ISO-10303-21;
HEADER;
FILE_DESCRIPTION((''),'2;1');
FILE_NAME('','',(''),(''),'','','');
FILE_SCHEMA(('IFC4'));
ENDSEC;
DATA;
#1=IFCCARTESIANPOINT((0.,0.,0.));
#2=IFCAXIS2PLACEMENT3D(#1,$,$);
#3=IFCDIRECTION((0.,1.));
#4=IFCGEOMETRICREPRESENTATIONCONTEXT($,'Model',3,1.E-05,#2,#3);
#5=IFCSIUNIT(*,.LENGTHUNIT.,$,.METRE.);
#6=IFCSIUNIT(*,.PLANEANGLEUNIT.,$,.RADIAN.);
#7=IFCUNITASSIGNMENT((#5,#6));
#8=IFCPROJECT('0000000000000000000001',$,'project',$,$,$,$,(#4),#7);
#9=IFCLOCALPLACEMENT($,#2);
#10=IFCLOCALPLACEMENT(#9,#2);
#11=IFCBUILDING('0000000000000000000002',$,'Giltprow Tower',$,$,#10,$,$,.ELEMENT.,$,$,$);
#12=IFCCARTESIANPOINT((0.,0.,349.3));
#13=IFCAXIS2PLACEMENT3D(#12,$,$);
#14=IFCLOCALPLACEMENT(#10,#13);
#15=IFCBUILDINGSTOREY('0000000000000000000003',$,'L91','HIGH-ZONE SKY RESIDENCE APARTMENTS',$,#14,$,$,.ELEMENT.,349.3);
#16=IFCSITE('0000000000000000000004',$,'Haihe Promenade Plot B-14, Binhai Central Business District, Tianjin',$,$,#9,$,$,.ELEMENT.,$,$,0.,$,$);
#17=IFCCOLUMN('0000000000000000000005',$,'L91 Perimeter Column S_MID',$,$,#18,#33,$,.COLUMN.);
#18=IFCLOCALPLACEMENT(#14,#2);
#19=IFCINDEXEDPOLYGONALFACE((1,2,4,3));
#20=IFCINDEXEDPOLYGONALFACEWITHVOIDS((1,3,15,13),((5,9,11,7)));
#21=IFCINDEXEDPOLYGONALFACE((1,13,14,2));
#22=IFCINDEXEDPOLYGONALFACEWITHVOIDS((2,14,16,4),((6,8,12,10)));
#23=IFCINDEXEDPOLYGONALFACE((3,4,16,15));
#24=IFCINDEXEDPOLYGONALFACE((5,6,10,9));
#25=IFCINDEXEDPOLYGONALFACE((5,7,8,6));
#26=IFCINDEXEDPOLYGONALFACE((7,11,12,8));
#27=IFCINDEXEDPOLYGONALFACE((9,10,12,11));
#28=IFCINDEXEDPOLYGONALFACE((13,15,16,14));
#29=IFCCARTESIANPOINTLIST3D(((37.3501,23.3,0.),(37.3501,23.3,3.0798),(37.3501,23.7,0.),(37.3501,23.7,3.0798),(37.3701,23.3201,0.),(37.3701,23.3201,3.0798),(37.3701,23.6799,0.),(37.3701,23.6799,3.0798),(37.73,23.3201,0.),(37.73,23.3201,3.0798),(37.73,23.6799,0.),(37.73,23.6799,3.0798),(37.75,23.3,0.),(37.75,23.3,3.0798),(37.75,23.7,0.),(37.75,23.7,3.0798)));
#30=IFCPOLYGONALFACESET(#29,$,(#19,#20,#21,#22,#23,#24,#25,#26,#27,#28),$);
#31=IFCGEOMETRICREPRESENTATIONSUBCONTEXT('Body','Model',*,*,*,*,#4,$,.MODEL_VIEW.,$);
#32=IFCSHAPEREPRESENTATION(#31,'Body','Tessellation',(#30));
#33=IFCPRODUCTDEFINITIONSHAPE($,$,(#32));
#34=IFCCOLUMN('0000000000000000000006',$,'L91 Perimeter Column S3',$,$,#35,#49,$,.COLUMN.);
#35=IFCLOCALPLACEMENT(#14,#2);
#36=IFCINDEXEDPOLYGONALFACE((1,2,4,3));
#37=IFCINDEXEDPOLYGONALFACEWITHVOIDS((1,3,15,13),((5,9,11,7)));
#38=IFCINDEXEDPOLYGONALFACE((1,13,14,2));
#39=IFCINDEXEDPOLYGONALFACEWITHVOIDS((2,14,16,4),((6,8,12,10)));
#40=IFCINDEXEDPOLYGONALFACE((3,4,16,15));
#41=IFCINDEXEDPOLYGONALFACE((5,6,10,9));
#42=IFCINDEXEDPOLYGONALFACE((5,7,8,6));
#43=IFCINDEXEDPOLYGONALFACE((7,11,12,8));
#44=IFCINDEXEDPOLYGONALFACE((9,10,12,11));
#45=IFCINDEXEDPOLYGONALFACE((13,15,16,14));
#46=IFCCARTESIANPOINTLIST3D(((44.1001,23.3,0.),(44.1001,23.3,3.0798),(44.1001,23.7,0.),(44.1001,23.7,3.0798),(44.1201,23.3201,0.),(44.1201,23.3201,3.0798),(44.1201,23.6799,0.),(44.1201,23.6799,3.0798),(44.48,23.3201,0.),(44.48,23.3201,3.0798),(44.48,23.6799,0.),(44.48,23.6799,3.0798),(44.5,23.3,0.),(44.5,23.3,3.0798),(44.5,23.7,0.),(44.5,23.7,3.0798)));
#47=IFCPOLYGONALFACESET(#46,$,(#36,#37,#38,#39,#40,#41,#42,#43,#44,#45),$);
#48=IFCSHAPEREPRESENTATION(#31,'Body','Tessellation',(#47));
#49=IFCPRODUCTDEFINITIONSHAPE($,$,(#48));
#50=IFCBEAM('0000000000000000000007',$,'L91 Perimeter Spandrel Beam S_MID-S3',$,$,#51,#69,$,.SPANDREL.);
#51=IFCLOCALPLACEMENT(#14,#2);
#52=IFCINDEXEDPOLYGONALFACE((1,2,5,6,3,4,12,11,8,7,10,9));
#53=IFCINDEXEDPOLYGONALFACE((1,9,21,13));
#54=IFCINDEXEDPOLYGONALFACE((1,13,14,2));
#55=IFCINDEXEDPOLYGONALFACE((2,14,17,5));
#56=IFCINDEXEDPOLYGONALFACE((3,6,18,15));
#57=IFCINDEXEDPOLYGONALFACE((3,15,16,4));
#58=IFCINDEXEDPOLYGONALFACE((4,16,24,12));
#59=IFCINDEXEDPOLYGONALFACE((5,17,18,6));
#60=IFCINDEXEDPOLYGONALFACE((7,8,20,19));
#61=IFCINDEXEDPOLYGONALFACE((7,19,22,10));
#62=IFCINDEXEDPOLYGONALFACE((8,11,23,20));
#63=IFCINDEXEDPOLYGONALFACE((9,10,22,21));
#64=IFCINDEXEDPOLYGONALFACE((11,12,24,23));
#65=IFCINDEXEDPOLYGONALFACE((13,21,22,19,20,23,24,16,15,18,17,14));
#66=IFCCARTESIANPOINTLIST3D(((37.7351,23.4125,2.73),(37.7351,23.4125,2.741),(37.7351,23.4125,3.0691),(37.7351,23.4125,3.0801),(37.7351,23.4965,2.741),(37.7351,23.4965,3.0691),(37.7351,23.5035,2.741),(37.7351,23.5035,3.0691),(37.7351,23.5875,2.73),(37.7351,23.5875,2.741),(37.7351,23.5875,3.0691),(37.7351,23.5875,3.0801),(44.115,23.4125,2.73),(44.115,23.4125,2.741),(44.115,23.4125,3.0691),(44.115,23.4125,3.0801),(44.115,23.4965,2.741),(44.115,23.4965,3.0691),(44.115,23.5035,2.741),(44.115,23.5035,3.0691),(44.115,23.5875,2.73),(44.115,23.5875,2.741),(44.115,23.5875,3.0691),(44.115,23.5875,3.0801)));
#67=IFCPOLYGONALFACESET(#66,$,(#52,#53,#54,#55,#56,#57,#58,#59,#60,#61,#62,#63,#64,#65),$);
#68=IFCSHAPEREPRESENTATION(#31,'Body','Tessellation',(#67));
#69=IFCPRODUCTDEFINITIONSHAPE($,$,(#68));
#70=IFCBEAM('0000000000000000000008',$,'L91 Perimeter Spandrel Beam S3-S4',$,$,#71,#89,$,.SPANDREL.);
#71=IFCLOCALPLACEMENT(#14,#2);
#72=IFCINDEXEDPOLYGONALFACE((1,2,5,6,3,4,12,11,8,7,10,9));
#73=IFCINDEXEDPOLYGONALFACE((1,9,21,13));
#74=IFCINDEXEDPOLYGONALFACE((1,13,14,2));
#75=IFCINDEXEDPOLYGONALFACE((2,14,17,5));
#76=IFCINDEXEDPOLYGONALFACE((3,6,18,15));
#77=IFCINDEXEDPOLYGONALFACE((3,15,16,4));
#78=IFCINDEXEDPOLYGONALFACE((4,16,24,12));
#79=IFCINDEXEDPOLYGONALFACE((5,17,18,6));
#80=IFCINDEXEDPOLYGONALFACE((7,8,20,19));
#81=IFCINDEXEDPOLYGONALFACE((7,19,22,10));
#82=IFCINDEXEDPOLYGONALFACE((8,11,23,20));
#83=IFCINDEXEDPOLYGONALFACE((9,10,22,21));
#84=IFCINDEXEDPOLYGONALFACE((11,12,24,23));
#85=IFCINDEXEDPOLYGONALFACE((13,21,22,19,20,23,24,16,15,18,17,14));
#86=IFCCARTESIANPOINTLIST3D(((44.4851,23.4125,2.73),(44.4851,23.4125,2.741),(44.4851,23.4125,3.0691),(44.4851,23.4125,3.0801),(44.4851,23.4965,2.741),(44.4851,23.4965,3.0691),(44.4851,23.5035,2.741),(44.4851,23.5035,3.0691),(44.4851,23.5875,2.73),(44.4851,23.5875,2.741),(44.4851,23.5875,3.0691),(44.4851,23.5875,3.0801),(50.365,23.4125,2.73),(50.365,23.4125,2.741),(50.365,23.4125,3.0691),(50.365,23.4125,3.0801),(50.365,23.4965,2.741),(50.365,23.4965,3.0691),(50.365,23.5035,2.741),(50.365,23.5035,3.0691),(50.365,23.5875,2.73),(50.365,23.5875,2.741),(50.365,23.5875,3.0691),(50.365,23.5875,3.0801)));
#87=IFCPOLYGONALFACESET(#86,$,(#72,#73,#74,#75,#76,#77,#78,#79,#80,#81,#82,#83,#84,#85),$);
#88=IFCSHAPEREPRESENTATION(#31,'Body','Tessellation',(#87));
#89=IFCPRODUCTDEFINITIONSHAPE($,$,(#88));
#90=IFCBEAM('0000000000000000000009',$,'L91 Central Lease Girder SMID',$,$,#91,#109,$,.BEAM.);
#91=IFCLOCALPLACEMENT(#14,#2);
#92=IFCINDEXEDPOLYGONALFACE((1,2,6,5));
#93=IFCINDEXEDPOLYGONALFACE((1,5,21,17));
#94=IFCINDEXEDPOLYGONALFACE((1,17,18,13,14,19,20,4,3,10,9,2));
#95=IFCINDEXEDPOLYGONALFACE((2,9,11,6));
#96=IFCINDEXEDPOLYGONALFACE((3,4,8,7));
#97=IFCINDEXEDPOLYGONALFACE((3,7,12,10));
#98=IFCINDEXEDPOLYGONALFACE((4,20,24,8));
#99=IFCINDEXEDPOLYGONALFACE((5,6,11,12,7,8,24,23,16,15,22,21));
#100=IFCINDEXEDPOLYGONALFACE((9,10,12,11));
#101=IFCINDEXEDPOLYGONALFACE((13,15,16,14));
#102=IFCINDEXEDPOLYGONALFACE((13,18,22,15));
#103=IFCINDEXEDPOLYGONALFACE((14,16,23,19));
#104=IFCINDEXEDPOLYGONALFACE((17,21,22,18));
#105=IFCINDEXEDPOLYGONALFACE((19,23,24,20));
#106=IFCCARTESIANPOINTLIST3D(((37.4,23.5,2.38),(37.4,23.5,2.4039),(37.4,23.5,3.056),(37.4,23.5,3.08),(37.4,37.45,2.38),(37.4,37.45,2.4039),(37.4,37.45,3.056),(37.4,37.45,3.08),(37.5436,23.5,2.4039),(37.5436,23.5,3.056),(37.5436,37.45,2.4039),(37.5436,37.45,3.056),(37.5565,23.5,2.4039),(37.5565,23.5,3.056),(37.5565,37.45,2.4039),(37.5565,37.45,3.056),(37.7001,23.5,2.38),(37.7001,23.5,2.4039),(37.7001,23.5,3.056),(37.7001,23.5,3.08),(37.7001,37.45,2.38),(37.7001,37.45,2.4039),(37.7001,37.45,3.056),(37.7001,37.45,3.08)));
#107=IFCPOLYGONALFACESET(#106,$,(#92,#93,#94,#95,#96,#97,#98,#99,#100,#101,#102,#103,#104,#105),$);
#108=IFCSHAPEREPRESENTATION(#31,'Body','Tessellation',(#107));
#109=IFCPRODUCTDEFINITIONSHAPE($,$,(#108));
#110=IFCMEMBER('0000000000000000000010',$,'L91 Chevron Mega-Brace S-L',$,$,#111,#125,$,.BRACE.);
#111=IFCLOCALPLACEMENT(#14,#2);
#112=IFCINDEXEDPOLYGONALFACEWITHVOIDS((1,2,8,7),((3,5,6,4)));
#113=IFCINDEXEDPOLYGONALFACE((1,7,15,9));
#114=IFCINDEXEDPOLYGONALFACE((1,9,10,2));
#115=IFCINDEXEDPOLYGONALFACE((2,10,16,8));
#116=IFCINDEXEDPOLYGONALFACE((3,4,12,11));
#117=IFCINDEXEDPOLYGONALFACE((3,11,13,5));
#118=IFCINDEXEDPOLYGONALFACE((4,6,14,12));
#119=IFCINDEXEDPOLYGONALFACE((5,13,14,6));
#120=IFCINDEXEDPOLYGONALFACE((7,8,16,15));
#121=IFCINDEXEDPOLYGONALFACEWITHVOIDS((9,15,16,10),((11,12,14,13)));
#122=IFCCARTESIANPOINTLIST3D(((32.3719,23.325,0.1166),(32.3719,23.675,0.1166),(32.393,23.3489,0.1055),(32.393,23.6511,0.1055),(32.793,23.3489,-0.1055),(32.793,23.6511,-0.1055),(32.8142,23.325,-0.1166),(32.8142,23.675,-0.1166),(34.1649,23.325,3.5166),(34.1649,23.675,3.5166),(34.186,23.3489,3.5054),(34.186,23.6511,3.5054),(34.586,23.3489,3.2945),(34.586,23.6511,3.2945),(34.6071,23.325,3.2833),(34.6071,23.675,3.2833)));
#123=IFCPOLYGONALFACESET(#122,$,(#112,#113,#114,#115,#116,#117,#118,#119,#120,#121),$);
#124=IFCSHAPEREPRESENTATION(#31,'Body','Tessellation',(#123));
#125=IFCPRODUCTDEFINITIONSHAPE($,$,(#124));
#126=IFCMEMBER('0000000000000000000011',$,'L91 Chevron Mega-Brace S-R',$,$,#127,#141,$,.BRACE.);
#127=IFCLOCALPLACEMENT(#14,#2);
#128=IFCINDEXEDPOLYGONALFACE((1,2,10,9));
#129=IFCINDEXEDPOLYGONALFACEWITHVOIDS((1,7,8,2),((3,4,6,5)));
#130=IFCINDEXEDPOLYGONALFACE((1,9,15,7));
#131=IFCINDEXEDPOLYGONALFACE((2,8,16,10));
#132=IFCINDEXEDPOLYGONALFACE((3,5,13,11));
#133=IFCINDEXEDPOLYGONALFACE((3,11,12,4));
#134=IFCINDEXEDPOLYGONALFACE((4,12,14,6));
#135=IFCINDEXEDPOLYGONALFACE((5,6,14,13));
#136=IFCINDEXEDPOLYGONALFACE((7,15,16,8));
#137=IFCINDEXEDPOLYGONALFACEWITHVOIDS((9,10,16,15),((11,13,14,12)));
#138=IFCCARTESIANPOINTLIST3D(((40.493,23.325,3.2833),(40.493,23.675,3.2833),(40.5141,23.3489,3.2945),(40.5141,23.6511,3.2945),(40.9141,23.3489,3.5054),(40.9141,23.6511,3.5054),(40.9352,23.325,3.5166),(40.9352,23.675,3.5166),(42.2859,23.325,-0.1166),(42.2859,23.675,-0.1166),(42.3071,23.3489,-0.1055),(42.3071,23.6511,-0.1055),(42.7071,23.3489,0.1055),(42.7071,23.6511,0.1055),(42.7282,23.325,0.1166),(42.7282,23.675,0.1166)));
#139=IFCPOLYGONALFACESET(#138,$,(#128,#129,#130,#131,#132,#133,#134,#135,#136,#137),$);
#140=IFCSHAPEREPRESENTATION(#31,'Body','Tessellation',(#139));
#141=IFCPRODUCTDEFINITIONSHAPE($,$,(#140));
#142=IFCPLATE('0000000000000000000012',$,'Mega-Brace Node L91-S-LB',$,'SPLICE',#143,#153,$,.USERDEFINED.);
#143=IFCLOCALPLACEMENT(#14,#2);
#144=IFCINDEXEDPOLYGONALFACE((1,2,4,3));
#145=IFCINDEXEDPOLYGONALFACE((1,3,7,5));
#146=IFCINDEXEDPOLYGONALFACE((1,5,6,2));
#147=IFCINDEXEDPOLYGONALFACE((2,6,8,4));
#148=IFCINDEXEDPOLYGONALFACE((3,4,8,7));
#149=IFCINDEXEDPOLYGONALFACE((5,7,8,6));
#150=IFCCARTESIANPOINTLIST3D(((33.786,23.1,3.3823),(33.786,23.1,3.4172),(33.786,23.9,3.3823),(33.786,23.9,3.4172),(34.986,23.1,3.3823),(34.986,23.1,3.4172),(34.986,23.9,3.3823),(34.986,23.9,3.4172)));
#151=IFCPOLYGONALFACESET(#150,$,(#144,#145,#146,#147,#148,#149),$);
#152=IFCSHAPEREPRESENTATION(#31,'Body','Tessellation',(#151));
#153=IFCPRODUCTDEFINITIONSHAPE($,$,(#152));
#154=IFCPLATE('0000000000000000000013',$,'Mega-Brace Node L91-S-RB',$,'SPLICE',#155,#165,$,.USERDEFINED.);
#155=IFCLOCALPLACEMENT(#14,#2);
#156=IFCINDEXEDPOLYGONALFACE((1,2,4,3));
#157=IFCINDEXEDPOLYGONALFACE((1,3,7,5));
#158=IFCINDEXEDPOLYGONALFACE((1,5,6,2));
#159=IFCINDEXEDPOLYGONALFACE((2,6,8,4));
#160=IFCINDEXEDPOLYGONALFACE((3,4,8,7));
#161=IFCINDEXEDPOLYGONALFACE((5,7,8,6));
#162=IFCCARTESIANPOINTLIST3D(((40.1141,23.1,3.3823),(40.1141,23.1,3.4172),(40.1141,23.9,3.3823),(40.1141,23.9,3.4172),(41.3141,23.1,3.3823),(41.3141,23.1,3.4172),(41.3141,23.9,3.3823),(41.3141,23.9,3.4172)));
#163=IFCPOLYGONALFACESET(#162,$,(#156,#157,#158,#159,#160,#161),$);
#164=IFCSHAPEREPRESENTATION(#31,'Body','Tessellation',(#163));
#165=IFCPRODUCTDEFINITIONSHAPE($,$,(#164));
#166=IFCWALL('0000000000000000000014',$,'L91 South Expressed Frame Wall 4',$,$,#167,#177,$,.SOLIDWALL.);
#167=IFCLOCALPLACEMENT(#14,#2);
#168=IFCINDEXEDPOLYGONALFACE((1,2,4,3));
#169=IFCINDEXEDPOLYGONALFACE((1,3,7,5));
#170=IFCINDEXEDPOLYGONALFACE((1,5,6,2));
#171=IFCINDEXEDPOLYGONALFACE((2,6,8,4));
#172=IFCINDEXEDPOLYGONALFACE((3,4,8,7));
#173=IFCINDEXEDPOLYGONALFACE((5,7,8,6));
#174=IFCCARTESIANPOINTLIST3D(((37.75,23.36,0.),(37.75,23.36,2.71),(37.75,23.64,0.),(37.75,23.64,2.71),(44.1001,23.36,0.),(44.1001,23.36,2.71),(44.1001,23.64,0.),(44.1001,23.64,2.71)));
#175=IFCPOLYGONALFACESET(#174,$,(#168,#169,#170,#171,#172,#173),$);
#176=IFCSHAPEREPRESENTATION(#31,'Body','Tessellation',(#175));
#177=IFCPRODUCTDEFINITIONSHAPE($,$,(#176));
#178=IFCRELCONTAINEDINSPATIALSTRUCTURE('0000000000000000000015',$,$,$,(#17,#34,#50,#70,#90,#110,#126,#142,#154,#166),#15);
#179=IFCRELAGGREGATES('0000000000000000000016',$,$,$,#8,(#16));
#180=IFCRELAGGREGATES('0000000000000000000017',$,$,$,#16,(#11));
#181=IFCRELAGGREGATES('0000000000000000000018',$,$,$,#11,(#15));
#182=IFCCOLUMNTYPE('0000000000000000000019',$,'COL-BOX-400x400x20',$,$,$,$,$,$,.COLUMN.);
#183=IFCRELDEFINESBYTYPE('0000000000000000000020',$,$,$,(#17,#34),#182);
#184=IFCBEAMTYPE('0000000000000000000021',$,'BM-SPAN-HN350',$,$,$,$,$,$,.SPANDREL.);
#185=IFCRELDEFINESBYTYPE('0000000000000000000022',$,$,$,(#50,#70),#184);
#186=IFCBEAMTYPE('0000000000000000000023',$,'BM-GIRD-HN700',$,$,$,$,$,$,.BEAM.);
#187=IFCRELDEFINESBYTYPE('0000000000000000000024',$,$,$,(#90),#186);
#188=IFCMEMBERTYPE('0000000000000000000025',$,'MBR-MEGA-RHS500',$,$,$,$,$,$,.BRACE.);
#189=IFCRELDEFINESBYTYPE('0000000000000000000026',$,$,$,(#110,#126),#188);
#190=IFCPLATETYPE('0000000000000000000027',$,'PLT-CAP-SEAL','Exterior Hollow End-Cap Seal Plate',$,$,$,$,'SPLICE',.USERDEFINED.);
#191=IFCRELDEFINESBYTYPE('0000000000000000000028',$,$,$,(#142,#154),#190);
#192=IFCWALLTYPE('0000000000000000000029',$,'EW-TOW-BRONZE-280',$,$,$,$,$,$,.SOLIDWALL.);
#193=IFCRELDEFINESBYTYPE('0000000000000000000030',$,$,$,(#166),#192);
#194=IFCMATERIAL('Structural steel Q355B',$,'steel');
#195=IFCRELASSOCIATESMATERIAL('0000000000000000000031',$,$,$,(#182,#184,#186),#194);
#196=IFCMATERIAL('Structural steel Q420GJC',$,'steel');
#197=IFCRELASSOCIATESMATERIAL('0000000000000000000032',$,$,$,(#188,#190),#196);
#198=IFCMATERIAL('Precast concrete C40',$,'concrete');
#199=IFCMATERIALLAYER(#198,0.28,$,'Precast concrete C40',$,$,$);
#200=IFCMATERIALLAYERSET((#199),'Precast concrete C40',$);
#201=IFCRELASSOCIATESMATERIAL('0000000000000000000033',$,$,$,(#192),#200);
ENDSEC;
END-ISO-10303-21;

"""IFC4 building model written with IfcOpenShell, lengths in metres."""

from ifc_helpers import new_model, si_unit, direction, frame, frame_2d, origin, origin_2d, place, context, subcontext, project, spatial, rectangle, hollow_rectangle, i_section, extrude, source, transform, mapped, material, layer, layer_set, material_profile, profile_set, type_object, element, save


model = new_model("IFC4")

# Units and contexts
model_context = context("Model", 3, precision=1e-05, world=origin(), true_north=direction((0.0, 1.0)))
body_context = subcontext(model_context, "Body", "Model", "MODEL_VIEW")
ifc_project = project(units=[si_unit("LENGTHUNIT", "METRE"), si_unit("PLANEANGLEUNIT", "RADIAN")], contexts=[model_context])

# Site, building, storey
site_placement = place(None, origin())
site = spatial("IfcSite", under=ifc_project, at=site_placement, Name="Haihe Promenade Plot B-14, Binhai Central Business District, Tianjin", CompositionType="ELEMENT", RefElevation=0.0)
building_placement = place(site_placement, origin())
building = spatial("IfcBuilding", under=site, at=building_placement, Name="Giltprow Tower", CompositionType="ELEMENT")
storey_placement = place(building_placement, frame((0.0, 0.0, 349.3)))
storey = spatial("IfcBuildingStorey", under=building, at=storey_placement, Name="L91", Description="HIGH-ZONE SKY RESIDENCE APARTMENTS", CompositionType="ELEMENT", Elevation=349.3)

# Columns
ifc_material_1 = material(Name="Structural steel Q355B", Category="steel")
ifc_material_profile_1 = material_profile(ifc_material_1, hollow_rectangle(XDim=0.3999, YDim=0.3999, WallThickness=0.02, at=origin_2d()), Name="BOX 400x400x20")
ifc_profile_set_1 = profile_set([ifc_material_profile_1], Name="Structural steel Q355B")
column_type = type_object("IfcColumnType", Name="COL-BOX-400x400x20", PredefinedType="COLUMN", material=ifc_profile_set_1)
shared_shape_1 = source(origin(), body_context, "Body", "SweptSolid", [
    extrude(hollow_rectangle(XDim=0.3999, YDim=0.3999, WallThickness=0.02, at=origin_2d()), origin(), (0.0, 0.0, 1.0), 3.0798),
])
for number, where, z_axis, x_axis, name in (
    (1, (37.55, 23.5, 0.0), (0.0, 0.0, 1.0), (1.0, 0.0, 0.0), "L91 Perimeter Column S_MID"),
    (2, (44.3, 23.5, 0.0), (0.0, 0.0, 1.0), (1.0, 0.0, 0.0), "L91 Perimeter Column S3"),
):
    element("IfcColumn", number, at=place(storey_placement, frame(where, z_axis=z_axis, x_axis=x_axis)), inside=storey, type_object=column_type, Name=name, PredefinedType="COLUMN", context=body_context, shape_type="MappedRepresentation", body=[
        mapped(shared_shape_1, transform((0.0, 0.0, 0.0), x_axis=(1.0, 0.0, 0.0), y_axis=(0.0, 1.0, 0.0), z_axis=(0.0, 0.0, 1.0), scale=1.0)),
    ])

# Beams
ifc_material_profile_2 = material_profile(ifc_material_1, i_section(OverallWidth=0.175, OverallDepth=0.3501, WebThickness=0.0071, FlangeThickness=0.011, at=origin_2d()), Name="HN 350x175x7x11")
ifc_profile_set_2 = profile_set([ifc_material_profile_2], Name="Structural steel Q355B")
beam_type_1 = type_object("IfcBeamType", Name="BM-SPAN-HN350", PredefinedType="SPANDREL", material=ifc_profile_set_2)
shared_shape_2 = source(origin(), body_context, "Body", "SweptSolid", [
    extrude(i_section(OverallWidth=0.175, OverallDepth=0.3501, WebThickness=0.0071, FlangeThickness=0.011, at=origin_2d()), origin(), (0.0, 0.0, 1.0), 6.3799),
])
beam_1_placement = place(storey_placement, frame((37.7351, 23.5, 2.905), z_axis=(1.0, 0.0, 0.0), x_axis=(0.0, 1.0, 0.0)))
element("IfcBeam", 3, at=beam_1_placement, inside=storey, type_object=beam_type_1, Name="L91 Perimeter Spandrel Beam S_MID-S3", PredefinedType="SPANDREL", context=body_context, shape_type="MappedRepresentation", body=[
    mapped(shared_shape_2, transform((0.0, 0.0, 0.0), x_axis=(1.0, 0.0, 0.0), y_axis=(0.0, 1.0, 0.0), z_axis=(0.0, 0.0, 1.0), scale=1.0)),
])
shared_shape_3 = source(origin(), body_context, "Body", "SweptSolid", [
    extrude(i_section(OverallWidth=0.175, OverallDepth=0.3501, WebThickness=0.0071, FlangeThickness=0.011, at=origin_2d()), origin(), (0.0, 0.0, 1.0), 5.8799),
])
beam_2_placement = place(storey_placement, frame((44.4851, 23.5, 2.905), z_axis=(1.0, 0.0, 0.0), x_axis=(0.0, 1.0, 0.0)))
element("IfcBeam", 4, at=beam_2_placement, inside=storey, type_object=beam_type_1, Name="L91 Perimeter Spandrel Beam S3-S4", PredefinedType="SPANDREL", context=body_context, shape_type="MappedRepresentation", body=[
    mapped(shared_shape_3, transform((0.0, 0.0, 0.0), x_axis=(1.0, 0.0, 0.0), y_axis=(0.0, 1.0, 0.0), z_axis=(0.0, 0.0, 1.0), scale=1.0)),
])
ifc_material_profile_3 = material_profile(ifc_material_1, i_section(OverallWidth=0.3, OverallDepth=0.7, WebThickness=0.0129, FlangeThickness=0.0239, at=origin_2d()), Name="HN 700x300x13x24")
ifc_profile_set_3 = profile_set([ifc_material_profile_3], Name="Structural steel Q355B")
beam_type_2 = type_object("IfcBeamType", Name="BM-GIRD-HN700", PredefinedType="BEAM", material=ifc_profile_set_3)
shared_shape_4 = source(origin(), body_context, "Body", "SweptSolid", [
    extrude(i_section(OverallWidth=0.3, OverallDepth=0.7, WebThickness=0.0129, FlangeThickness=0.0239, at=origin_2d()), origin(), (0.0, 0.0, 1.0), 13.95),
])
beam_3_placement = place(storey_placement, frame((37.55, 23.5, 2.73), z_axis=(0.0, 1.0, 0.0), x_axis=(-1.0, 0.0, 0.0)))
element("IfcBeam", 5, at=beam_3_placement, inside=storey, type_object=beam_type_2, Name="L91 Central Lease Girder SMID", PredefinedType="BEAM", context=body_context, shape_type="MappedRepresentation", body=[
    mapped(shared_shape_4, transform((0.0, 0.0, 0.0), x_axis=(1.0, 0.0, 0.0), y_axis=(0.0, 1.0, 0.0), z_axis=(0.0, 0.0, 1.0), scale=1.0)),
])

# Members
ifc_material_2 = material(Name="Structural steel Q420GJC", Category="steel")
ifc_material_profile_4 = material_profile(ifc_material_2, hollow_rectangle(XDim=0.3501, YDim=0.5, WallThickness=0.0239, at=origin_2d()), Name="RHS 500x350x24")
ifc_profile_set_4 = profile_set([ifc_material_profile_4], Name="Structural steel Q420GJC")
member_type = type_object("IfcMemberType", Name="MBR-MEGA-RHS500", PredefinedType="BRACE", material=ifc_profile_set_4)
shared_shape_5 = source(origin(), body_context, "Body", "SweptSolid", [
    extrude(hollow_rectangle(XDim=0.3501, YDim=0.5, WallThickness=0.0239, at=origin_2d()), origin(), (0.0, 0.0, 1.0), 3.8438),
])
for number, where, z_axis, x_axis, name in (
    (6, (32.593, 23.5, 0.0), (0.466469, 0.0, 0.884538), (0.0, 1.0, 0.0), "L91 Chevron Mega-Brace S-L"),
    (7, (42.5071, 23.5, 0.0), (-0.466469, 0.0, 0.884538), (0.0, -1.0, 0.0), "L91 Chevron Mega-Brace S-R"),
):
    element("IfcMember", number, at=place(storey_placement, frame(where, z_axis=z_axis, x_axis=x_axis)), inside=storey, type_object=member_type, Name=name, PredefinedType="BRACE", context=body_context, shape_type="MappedRepresentation", body=[
        mapped(shared_shape_5, transform((0.0, 0.0, 0.0), x_axis=(1.0, 0.0, 0.0), y_axis=(0.0, 1.0, 0.0), z_axis=(0.0, 0.0, 1.0), scale=1.0)),
    ])

# Plates
plate_type = type_object("IfcPlateType", Name="PLT-CAP-SEAL", Description="Exterior Hollow End-Cap Seal Plate", ElementType="SPLICE", PredefinedType="USERDEFINED", material=ifc_material_2)
shared_shape_6 = source(origin(), body_context, "Body", "SweptSolid", [
    extrude(rectangle(XDim=1.2, YDim=0.8, at=origin_2d()), origin(), (0.0, 0.0, 1.0), 0.0349),
])
for number, where, z_axis, x_axis, name in (
    (8, (34.386, 23.5, 3.3823), (0.0, 0.0, 1.0), (1.0, 0.0, 0.0), "Mega-Brace Node L91-S-LB"),
    (9, (40.7141, 23.5, 3.3823), (0.0, 0.0, 1.0), (1.0, 0.0, 0.0), "Mega-Brace Node L91-S-RB"),
):
    element("IfcPlate", number, at=place(storey_placement, frame(where, z_axis=z_axis, x_axis=x_axis)), inside=storey, type_object=plate_type, Name=name, ObjectType="SPLICE", PredefinedType="USERDEFINED", context=body_context, shape_type="MappedRepresentation", body=[
        mapped(shared_shape_6, transform((0.0, 0.0, 0.0), x_axis=(1.0, 0.0, 0.0), y_axis=(0.0, 1.0, 0.0), z_axis=(0.0, 0.0, 1.0), scale=1.0)),
    ])

# Wall
ifc_material_3 = material(Name="Precast concrete C40", Category="concrete")
ifc_layer_1 = layer(ifc_material_3, 0.28, Name="Precast concrete C40")
ifc_layer_set_1 = layer_set([ifc_layer_1], Name="Precast concrete C40")
wall_type_1 = type_object("IfcWallType", Name="EW-TOW-BRONZE-280", PredefinedType="SOLIDWALL", material=ifc_layer_set_1)
wall_1_placement = place(storey_placement, frame((37.75, 23.5, 0.0), z_axis=(0.0, 0.0, 1.0), x_axis=(1.0, 0.0, 0.0)))
element("IfcWall", 10, at=wall_1_placement, inside=storey, type_object=wall_type_1, Name="L91 South Expressed Frame Wall 4", PredefinedType="SOLIDWALL", context=body_context, shape_type="SweptSolid", body=[
    extrude(rectangle(XDim=6.3501, YDim=0.28, at=frame_2d((3.175, 0.0))), origin(), (0.0, 0.0, 1.0), 2.71),
])

save(model, "model.ifc")
